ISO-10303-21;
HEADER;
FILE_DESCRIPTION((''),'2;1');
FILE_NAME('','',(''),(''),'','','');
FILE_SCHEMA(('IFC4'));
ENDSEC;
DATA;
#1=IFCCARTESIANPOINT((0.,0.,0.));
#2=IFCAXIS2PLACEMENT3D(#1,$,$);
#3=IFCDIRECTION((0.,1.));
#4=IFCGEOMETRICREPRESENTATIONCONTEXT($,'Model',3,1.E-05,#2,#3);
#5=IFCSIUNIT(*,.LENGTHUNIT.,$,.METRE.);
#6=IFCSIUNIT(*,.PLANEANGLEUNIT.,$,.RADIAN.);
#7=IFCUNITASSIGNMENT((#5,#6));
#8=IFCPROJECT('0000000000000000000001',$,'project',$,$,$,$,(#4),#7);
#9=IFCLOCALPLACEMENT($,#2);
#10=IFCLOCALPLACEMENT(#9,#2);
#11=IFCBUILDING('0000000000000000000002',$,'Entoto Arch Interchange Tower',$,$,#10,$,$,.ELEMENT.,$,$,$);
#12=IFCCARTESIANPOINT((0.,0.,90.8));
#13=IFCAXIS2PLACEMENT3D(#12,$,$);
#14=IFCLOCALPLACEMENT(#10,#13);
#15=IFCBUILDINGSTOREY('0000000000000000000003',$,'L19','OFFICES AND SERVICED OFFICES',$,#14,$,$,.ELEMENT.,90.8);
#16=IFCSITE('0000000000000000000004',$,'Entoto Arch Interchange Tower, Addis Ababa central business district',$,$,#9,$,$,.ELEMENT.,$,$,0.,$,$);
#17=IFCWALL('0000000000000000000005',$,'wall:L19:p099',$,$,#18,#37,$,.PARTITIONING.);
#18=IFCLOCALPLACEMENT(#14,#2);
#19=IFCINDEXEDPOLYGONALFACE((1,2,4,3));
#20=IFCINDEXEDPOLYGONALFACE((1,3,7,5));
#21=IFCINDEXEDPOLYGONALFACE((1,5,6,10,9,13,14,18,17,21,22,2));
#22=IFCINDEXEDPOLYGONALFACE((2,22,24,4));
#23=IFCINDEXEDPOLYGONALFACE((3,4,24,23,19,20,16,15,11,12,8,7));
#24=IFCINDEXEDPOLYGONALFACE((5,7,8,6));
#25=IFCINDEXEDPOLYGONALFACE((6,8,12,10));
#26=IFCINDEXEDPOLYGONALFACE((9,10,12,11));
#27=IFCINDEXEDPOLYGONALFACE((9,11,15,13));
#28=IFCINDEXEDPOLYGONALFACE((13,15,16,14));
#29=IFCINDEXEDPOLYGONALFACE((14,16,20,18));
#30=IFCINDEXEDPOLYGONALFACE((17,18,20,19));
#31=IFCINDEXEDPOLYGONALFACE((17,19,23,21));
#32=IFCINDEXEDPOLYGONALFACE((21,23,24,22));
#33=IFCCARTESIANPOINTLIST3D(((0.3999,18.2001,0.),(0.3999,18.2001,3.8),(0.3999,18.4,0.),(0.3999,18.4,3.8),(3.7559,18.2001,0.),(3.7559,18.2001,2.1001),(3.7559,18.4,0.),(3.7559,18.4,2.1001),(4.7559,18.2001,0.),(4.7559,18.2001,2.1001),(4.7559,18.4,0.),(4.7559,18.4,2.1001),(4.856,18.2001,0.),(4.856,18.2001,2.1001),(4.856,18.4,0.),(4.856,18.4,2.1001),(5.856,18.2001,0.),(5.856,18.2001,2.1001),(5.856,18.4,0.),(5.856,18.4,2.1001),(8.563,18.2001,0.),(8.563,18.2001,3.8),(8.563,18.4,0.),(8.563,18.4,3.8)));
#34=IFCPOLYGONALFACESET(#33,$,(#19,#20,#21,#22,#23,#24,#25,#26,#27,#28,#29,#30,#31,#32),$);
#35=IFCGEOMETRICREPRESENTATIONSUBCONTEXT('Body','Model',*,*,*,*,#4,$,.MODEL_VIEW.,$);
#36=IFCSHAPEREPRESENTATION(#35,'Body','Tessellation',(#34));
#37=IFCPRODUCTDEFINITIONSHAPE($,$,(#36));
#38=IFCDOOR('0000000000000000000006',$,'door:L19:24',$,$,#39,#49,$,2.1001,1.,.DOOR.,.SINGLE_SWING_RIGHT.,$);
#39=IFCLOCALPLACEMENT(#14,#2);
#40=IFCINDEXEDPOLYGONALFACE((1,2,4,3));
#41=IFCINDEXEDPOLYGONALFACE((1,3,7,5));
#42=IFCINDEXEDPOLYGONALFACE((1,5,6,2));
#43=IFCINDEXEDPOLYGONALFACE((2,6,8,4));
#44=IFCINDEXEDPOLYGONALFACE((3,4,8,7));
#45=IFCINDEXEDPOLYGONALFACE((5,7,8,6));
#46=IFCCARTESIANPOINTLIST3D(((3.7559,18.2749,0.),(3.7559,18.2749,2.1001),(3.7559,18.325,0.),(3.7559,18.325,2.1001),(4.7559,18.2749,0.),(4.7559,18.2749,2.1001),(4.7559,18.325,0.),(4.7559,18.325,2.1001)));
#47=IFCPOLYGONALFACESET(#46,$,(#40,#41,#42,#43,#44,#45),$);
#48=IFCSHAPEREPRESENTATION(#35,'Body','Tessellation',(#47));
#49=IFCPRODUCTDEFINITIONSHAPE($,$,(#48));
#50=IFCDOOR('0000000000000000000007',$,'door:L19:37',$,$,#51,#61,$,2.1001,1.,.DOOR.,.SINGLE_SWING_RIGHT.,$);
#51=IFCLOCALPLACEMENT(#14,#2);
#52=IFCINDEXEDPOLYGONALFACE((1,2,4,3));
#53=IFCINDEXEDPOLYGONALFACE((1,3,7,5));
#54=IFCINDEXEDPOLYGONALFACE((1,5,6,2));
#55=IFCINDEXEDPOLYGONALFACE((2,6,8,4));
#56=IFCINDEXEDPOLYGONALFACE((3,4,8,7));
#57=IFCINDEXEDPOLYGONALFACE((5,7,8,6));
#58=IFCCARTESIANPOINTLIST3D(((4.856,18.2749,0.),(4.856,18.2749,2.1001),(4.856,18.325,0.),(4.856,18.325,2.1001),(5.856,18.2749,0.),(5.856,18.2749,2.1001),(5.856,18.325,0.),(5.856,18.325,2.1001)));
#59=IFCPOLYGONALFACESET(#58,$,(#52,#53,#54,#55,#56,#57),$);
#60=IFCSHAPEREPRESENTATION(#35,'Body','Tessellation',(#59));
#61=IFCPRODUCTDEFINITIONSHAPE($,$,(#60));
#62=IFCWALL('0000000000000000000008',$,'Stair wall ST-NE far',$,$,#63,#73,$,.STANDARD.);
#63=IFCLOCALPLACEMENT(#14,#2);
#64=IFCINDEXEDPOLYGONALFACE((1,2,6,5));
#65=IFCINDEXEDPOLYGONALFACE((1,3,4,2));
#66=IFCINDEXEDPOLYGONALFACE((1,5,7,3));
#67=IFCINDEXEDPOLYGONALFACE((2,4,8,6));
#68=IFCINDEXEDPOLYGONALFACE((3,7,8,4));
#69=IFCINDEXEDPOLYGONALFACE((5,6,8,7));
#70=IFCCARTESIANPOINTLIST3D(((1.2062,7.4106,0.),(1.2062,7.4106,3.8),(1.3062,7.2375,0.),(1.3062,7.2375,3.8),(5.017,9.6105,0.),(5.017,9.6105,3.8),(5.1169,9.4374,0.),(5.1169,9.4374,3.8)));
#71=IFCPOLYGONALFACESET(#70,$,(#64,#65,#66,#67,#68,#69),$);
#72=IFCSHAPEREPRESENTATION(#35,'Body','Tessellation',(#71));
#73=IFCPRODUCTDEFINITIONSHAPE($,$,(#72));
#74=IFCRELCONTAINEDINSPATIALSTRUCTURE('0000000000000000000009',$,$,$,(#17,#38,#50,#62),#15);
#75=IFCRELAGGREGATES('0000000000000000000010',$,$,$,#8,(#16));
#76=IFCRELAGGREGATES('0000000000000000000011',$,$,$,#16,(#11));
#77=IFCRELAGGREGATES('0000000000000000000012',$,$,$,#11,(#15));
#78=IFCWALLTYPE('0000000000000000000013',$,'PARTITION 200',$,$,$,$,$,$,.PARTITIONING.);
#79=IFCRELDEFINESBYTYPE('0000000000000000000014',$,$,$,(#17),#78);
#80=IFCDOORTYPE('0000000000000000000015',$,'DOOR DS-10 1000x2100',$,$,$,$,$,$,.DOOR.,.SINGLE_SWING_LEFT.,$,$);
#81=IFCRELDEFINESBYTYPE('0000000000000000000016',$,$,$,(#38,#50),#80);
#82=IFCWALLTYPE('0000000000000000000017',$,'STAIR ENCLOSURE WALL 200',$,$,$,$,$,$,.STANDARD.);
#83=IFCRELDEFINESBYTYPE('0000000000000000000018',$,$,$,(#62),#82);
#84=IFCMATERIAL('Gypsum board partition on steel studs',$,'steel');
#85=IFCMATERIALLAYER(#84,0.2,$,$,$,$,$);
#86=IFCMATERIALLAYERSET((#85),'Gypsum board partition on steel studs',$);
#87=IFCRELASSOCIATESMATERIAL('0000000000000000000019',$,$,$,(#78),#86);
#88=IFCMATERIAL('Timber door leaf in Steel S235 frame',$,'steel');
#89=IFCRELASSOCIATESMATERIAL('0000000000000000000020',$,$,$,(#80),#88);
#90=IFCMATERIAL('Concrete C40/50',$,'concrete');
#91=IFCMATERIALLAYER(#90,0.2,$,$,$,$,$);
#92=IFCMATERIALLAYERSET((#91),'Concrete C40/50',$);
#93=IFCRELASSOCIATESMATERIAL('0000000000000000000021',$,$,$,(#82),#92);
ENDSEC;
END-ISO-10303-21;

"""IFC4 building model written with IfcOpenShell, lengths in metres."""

from ifc_helpers import new_model, si_unit, direction, frame, frame_2d, origin, place, context, subcontext, project, spatial, rectangle, extrude, material, layer, layer_set, type_object, element, fill, save


model = new_model("IFC4")

# Units and contexts
model_context = context("Model", 3, precision=1e-05, world=origin(), true_north=direction((0.0, 1.0)))
body_context = subcontext(model_context, "Body", "Model", "MODEL_VIEW")
ifc_project = project(units=[si_unit("LENGTHUNIT", "METRE"), si_unit("PLANEANGLEUNIT", "RADIAN")], contexts=[model_context])

# Site, building, storey
site_placement = place(None, origin())
site = spatial("IfcSite", under=ifc_project, at=site_placement, Name="Entoto Arch Interchange Tower, Addis Ababa central business district", CompositionType="ELEMENT", RefElevation=0.0)
building_placement = place(site_placement, origin())
building = spatial("IfcBuilding", under=site, at=building_placement, Name="Entoto Arch Interchange Tower", CompositionType="ELEMENT")
storey_placement = place(building_placement, frame((0.0, 0.0, 90.8)))
storey = spatial("IfcBuildingStorey", under=building, at=storey_placement, Name="L19", Description="OFFICES AND SERVICED OFFICES", CompositionType="ELEMENT", Elevation=90.8)

# Shared definitions
ifc_material_1 = material(Name="Concrete C40/50", Category="concrete")

# Shared definitions
ifc_material_2 = material(Name="Gypsum board partition on steel studs", Category="steel")
ifc_layer_1 = layer(ifc_material_2, 0.2)
ifc_layer_set_1 = layer_set([ifc_layer_1], Name="Gypsum board partition on steel studs")
wall_type_1 = type_object("IfcWallType", Name="PARTITION 200", PredefinedType="PARTITIONING", material=ifc_layer_set_1)

# Wall, openings, doors
wall_1_placement = place(storey_placement, frame((0.3999, 18.3, 0.0), z_axis=(0.0, 0.0, 1.0), x_axis=(1.0, 0.0, 0.0)))
wall_1 = element("IfcWall", 1, at=wall_1_placement, inside=storey, type_object=wall_type_1, Name="wall:L19:p099", PredefinedType="PARTITIONING", context=body_context, shape_type="SweptSolid", body=[
    extrude(rectangle(XDim=8.1631, YDim=0.2, at=frame_2d((4.0815, 0.0))), origin(), (0.0, 0.0, 1.0), 3.8),
])
opening_1_placement = place(wall_1_placement, frame((3.356, 0.0, 0.0)))
opening_1 = element("IfcOpeningElement", 2, at=opening_1_placement, cuts=wall_1, PredefinedType="OPENING", context=body_context, shape_type="SweptSolid", body=[
    extrude(rectangle(XDim=1.0, YDim=2.1001, at=frame_2d((0.5, 1.05))), frame((0.0, 0.1099, 0.0), z_axis=(0.0, -1.0, 0.0), x_axis=(1.0, 0.0, 0.0)), (0.0, 0.0, 1.0), 0.22),
])
opening_2_placement = place(wall_1_placement, frame((4.4561, 0.0, 0.0)))
opening_2 = element("IfcOpeningElement", 3, at=opening_2_placement, cuts=wall_1, PredefinedType="OPENING", context=body_context, shape_type="SweptSolid", body=[
    extrude(rectangle(XDim=1.0, YDim=2.1001, at=frame_2d((0.5, 1.05))), frame((0.0, 0.1099, 0.0), z_axis=(0.0, -1.0, 0.0), x_axis=(1.0, 0.0, 0.0)), (0.0, 0.0, 1.0), 0.22),
])
ifc_material_3 = material(Name="Timber door leaf in Steel S235 frame", Category="steel")
door_type_1 = type_object("IfcDoorType", Name="DOOR DS-10 1000x2100", OperationType="SINGLE_SWING_LEFT", PredefinedType="DOOR", material=ifc_material_3)
door_1_placement = place(opening_1_placement, origin())
door_1 = element("IfcDoor", 4, at=door_1_placement, inside=storey, type_object=door_type_1, Name="door:L19:24", OperationType="SINGLE_SWING_RIGHT", OverallHeight=2.1001, OverallWidth=1.0, PredefinedType="DOOR", context=body_context, shape_type="SweptSolid", body=[
    extrude(rectangle(XDim=1.0, YDim=2.1001, at=frame_2d((0.5, 1.05))), frame((0.0, 0.0249, 0.0), z_axis=(0.0, -1.0, 0.0), x_axis=(1.0, 0.0, 0.0)), (0.0, 0.0, 1.0), 0.05),
])
fill(opening_1, door_1)
door_2_placement = place(opening_2_placement, origin())
door_2 = element("IfcDoor", 5, at=door_2_placement, inside=storey, type_object=door_type_1, Name="door:L19:37", OperationType="SINGLE_SWING_RIGHT", OverallHeight=2.1001, OverallWidth=1.0, PredefinedType="DOOR", context=body_context, shape_type="SweptSolid", body=[
    extrude(rectangle(XDim=1.0, YDim=2.1001, at=frame_2d((0.5, 1.05))), frame((0.0, 0.0249, 0.0), z_axis=(0.0, -1.0, 0.0), x_axis=(1.0, 0.0, 0.0)), (0.0, 0.0, 1.0), 0.05),
])
fill(opening_2, door_2)

# Wall
ifc_layer_2 = layer(ifc_material_1, 0.2)
ifc_layer_set_2 = layer_set([ifc_layer_2], Name="Concrete C40/50")
wall_type_2 = type_object("IfcWallType", Name="STAIR ENCLOSURE WALL 200", PredefinedType="STANDARD", material=ifc_layer_set_2)
wall_2_placement = place(storey_placement, frame((1.2561, 7.324, 0.0), z_axis=(0.0, 0.0, 1.0), x_axis=(0.866046, 0.499964, 0.0)))
element("IfcWall", 6, at=wall_2_placement, inside=storey, type_object=wall_type_2, Name="Stair wall ST-NE far", PredefinedType="STANDARD", context=body_context, shape_type="SweptSolid", body=[
    extrude(rectangle(XDim=4.4001, YDim=0.2, at=frame_2d((2.2002, 0.0))), origin(), (0.0, 0.0, 1.0), 3.8),
])

save(model, "model.ifc")
